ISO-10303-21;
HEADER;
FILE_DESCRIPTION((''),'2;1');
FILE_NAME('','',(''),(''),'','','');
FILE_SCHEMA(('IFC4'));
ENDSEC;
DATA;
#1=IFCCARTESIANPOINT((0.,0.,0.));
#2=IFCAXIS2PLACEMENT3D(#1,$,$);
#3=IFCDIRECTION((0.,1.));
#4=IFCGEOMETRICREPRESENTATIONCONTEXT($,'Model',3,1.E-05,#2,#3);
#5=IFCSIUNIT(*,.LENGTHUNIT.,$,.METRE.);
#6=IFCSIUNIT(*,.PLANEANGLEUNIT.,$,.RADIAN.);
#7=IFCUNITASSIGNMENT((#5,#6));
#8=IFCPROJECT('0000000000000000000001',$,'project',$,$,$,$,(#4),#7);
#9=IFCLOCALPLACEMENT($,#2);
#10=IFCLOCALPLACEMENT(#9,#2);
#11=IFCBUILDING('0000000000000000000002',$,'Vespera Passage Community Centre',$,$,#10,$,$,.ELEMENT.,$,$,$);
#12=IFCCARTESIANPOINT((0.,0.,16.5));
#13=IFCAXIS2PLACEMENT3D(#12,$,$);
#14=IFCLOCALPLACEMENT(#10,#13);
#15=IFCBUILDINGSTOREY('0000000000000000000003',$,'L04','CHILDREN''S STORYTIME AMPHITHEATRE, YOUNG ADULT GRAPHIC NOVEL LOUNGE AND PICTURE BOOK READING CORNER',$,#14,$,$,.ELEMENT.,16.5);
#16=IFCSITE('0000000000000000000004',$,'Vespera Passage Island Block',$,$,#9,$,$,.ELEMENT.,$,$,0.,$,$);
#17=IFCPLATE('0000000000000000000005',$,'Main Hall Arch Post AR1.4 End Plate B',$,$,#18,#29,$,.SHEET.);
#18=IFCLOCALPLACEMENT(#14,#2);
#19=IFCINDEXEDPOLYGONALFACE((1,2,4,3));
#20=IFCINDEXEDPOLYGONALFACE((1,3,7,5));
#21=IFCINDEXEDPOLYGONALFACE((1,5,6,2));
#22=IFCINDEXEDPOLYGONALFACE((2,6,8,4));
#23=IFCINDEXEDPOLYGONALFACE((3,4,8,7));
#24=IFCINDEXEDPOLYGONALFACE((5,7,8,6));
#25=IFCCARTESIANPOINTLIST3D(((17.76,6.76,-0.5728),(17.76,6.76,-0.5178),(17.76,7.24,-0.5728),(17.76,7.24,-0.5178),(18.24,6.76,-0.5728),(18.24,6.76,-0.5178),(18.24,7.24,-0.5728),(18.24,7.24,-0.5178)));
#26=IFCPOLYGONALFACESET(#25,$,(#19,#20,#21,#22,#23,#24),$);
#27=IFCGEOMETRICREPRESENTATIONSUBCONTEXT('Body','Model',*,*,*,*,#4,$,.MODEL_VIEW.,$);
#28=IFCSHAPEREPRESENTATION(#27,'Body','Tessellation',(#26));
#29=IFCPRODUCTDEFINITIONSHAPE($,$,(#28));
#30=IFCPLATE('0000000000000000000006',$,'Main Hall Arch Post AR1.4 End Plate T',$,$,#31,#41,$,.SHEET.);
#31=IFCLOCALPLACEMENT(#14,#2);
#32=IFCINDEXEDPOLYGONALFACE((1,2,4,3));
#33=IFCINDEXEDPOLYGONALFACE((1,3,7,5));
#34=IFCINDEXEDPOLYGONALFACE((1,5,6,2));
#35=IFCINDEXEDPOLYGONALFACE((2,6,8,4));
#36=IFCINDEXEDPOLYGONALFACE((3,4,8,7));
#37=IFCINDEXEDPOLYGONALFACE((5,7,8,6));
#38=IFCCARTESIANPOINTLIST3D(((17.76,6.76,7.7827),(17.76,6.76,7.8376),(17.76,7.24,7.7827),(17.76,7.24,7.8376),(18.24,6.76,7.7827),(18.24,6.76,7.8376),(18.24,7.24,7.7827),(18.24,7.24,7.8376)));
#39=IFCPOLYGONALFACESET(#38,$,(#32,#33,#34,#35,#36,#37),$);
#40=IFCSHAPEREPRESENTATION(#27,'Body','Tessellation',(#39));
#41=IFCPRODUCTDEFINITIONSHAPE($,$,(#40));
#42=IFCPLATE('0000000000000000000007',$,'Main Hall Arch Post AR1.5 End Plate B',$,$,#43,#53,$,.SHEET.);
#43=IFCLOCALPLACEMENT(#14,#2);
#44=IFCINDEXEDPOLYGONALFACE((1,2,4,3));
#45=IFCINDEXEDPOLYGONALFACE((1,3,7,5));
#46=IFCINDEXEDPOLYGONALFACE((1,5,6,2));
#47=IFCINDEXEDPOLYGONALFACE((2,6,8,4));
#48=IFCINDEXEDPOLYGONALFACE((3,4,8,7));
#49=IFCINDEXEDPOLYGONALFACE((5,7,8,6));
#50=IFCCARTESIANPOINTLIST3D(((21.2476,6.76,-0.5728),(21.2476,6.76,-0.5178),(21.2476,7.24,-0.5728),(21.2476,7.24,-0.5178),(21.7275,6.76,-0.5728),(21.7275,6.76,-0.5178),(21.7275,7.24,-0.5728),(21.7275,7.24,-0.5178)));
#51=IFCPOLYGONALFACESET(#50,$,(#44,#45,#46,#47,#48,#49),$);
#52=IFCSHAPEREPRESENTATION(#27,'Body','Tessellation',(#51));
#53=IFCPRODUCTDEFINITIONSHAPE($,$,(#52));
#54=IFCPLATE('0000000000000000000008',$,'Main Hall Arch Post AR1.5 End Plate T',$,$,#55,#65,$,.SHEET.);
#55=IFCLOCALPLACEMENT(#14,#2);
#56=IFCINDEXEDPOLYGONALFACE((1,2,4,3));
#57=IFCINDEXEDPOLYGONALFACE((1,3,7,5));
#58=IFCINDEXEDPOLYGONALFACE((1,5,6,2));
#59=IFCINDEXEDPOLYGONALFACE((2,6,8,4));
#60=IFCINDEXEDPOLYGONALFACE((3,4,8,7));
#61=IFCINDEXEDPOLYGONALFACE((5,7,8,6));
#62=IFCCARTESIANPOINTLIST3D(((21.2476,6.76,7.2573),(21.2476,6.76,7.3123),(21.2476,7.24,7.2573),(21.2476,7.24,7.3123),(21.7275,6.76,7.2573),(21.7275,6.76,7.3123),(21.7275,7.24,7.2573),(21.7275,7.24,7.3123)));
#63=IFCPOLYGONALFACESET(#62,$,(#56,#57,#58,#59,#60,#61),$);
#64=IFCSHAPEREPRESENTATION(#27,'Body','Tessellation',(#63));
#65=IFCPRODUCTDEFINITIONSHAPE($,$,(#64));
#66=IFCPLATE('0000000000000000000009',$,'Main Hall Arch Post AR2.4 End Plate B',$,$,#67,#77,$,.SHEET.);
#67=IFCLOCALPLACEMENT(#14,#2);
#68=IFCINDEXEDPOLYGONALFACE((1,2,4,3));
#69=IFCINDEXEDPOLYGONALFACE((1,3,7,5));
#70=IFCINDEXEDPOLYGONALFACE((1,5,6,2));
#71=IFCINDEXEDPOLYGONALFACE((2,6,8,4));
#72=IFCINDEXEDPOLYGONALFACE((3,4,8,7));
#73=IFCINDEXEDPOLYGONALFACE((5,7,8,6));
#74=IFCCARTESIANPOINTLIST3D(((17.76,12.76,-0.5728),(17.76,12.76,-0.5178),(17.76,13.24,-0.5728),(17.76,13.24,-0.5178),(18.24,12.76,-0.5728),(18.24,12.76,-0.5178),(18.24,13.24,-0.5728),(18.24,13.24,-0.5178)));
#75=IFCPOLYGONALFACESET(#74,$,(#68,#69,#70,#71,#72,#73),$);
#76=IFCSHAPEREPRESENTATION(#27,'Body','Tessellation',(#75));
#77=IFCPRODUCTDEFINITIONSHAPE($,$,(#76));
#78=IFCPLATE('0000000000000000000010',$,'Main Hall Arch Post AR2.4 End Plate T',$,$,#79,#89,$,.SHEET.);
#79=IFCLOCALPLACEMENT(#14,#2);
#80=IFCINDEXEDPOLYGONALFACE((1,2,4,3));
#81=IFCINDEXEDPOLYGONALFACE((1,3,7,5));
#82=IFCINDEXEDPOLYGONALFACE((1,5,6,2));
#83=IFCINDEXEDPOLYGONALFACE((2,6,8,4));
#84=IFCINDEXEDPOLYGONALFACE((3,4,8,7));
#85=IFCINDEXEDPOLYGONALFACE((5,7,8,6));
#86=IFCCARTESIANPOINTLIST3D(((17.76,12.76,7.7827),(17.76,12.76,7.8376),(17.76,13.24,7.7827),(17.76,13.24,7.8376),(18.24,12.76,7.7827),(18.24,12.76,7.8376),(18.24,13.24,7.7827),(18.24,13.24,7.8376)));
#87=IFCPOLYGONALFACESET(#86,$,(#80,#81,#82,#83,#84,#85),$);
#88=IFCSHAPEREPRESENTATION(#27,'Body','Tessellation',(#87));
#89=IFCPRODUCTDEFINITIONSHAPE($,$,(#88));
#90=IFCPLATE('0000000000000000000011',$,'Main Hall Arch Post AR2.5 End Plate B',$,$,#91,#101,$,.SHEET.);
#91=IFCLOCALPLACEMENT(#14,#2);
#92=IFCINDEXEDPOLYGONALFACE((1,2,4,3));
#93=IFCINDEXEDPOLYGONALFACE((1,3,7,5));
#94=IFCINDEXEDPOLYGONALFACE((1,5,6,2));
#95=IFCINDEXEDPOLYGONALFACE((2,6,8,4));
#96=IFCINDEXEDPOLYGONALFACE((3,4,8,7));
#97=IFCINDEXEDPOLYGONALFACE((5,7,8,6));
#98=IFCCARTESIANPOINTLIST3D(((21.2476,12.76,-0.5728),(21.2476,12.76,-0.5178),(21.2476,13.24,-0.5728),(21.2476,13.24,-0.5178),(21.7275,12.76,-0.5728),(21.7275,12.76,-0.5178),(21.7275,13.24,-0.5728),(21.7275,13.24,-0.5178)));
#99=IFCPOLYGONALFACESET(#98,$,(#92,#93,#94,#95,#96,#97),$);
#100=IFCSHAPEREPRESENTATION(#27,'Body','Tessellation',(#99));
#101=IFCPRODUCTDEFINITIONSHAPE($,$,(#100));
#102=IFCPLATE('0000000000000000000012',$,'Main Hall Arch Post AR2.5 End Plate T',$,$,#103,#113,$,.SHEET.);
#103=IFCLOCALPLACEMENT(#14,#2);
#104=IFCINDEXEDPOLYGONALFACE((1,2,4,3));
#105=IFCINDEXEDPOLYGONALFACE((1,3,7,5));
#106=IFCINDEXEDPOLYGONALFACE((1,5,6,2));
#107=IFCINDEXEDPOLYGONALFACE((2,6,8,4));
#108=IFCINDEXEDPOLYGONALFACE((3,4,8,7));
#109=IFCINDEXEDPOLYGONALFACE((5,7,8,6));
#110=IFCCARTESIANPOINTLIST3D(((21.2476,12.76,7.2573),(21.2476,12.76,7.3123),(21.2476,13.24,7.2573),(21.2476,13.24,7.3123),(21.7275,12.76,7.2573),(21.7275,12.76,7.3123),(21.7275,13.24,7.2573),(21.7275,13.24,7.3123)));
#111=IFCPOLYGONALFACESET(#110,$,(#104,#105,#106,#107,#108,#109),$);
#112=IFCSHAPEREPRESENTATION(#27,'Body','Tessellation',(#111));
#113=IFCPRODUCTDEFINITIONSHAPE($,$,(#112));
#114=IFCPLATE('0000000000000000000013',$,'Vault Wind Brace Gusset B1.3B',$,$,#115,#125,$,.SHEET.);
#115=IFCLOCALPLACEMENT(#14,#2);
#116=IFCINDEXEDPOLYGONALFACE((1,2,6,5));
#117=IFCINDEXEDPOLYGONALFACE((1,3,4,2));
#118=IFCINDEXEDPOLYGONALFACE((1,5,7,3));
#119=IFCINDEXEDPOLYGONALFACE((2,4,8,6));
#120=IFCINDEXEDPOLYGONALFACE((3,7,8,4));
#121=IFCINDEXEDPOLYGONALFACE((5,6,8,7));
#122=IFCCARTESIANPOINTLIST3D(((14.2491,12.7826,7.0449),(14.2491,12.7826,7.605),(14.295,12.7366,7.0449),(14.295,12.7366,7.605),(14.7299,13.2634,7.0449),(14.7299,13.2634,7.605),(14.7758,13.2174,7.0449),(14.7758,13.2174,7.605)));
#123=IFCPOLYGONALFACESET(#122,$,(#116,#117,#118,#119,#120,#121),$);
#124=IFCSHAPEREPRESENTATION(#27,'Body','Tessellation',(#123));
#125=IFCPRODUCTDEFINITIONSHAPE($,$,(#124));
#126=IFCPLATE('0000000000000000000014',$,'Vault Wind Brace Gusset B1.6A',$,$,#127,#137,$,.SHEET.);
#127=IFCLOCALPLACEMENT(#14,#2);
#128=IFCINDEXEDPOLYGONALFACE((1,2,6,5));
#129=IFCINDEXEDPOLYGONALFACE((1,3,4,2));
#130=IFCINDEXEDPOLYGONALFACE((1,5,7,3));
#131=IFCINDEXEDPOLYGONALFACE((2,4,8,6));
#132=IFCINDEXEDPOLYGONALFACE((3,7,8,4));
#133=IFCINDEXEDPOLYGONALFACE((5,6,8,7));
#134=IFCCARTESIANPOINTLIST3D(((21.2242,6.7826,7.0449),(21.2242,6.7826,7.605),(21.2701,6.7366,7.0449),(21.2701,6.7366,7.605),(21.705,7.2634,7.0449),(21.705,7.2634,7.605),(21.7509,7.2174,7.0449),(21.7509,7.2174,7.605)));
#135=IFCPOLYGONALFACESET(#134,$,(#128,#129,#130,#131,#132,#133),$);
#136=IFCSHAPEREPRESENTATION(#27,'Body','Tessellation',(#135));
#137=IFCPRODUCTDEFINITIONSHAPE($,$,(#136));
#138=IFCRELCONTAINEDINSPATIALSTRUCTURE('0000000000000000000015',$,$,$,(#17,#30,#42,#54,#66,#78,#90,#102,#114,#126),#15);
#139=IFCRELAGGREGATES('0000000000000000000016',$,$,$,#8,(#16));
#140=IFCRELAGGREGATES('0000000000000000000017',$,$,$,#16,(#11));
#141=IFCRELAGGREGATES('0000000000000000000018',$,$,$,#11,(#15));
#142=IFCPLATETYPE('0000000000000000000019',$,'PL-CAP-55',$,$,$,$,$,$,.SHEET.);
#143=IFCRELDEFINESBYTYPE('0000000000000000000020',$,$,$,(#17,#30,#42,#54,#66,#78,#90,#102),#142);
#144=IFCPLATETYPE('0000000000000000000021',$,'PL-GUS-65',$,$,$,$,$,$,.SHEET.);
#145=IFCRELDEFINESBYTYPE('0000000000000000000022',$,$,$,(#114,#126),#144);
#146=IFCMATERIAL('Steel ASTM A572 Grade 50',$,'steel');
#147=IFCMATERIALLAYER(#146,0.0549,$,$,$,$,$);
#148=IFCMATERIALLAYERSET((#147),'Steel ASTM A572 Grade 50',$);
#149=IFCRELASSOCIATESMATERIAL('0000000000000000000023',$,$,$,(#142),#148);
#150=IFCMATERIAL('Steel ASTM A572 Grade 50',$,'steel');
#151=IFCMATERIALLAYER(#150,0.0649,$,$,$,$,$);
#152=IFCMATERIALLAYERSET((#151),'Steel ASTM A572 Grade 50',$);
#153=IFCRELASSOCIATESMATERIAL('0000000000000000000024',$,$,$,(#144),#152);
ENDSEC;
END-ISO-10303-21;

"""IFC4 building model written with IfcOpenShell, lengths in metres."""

from ifc_helpers import new_model, si_unit, direction, frame, origin, origin_2d, place, context, subcontext, project, spatial, rectangle, extrude, material, layer, layer_set, type_object, element, save


model = new_model("IFC4")

# Units and contexts
model_context = context("Model", 3, precision=1e-05, world=origin(), true_north=direction((0.0, 1.0)))
body_context = subcontext(model_context, "Body", "Model", "MODEL_VIEW")
ifc_project = project(units=[si_unit("LENGTHUNIT", "METRE"), si_unit("PLANEANGLEUNIT", "RADIAN")], contexts=[model_context])

# Site, building, storey
site_placement = place(None, origin())
site = spatial("IfcSite", under=ifc_project, at=site_placement, Name="Vespera Passage Island Block", CompositionType="ELEMENT", RefElevation=0.0)
building_placement = place(site_placement, origin())
building = spatial("IfcBuilding", under=site, at=building_placement, Name="Vespera Passage Community Centre", CompositionType="ELEMENT")
storey_placement = place(building_placement, frame((0.0, 0.0, 16.5)))
storey = spatial("IfcBuildingStorey", under=building, at=storey_placement, Name="L04", Description="CHILDREN'S STORYTIME AMPHITHEATRE, YOUNG ADULT GRAPHIC NOVEL LOUNGE AND PICTURE BOOK READING CORNER", CompositionType="ELEMENT", Elevation=16.5)

# Plates
ifc_material_1 = material(Name="Steel ASTM A572 Grade 50", Category="steel")
ifc_layer_1 = layer(ifc_material_1, 0.0549)
ifc_layer_set_1 = layer_set([ifc_layer_1], Name="Steel ASTM A572 Grade 50")
plate_type_1 = type_object("IfcPlateType", Name="PL-CAP-55", PredefinedType="SHEET", material=ifc_layer_set_1)
for number, where, z_axis, x_axis, name in (
    (1, (18.0, 7.0, -0.5728), (0.0, 0.0, 1.0), (1.0, 0.0, 0.0), "Main Hall Arch Post AR1.4 End Plate B"),
    (2, (18.0, 7.0, 7.7827), (0.0, 0.0, 1.0), (1.0, 0.0, 0.0), "Main Hall Arch Post AR1.4 End Plate T"),
    (3, (21.4875, 7.0, -0.5728), (0.0, 0.0, 1.0), (1.0, 0.0, 0.0), "Main Hall Arch Post AR1.5 End Plate B"),
    (4, (21.4875, 7.0, 7.2573), (0.0, 0.0, 1.0), (1.0, 0.0, 0.0), "Main Hall Arch Post AR1.5 End Plate T"),
    (5, (18.0, 13.0, -0.5728), (0.0, 0.0, 1.0), (1.0, 0.0, 0.0), "Main Hall Arch Post AR2.4 End Plate B"),
    (6, (18.0, 13.0, 7.7827), (0.0, 0.0, 1.0), (1.0, 0.0, 0.0), "Main Hall Arch Post AR2.4 End Plate T"),
    (7, (21.4875, 13.0, -0.5728), (0.0, 0.0, 1.0), (1.0, 0.0, 0.0), "Main Hall Arch Post AR2.5 End Plate B"),
    (8, (21.4875, 13.0, 7.2573), (0.0, 0.0, 1.0), (1.0, 0.0, 0.0), "Main Hall Arch Post AR2.5 End Plate T"),
):
    element("IfcPlate", number, at=place(storey_placement, frame(where, z_axis=z_axis, x_axis=x_axis)), inside=storey, type_object=plate_type_1, Name=name, PredefinedType="SHEET", context=body_context, shape_type="SweptSolid", body=[
        extrude(rectangle(XDim=0.48, YDim=0.48, at=origin_2d()), origin(), (0.0, 0.0, 1.0), 0.0549),
    ])
ifc_material_2 = material(Name="Steel ASTM A572 Grade 50", Category="steel")
ifc_layer_2 = layer(ifc_material_2, 0.0649)
ifc_layer_set_2 = layer_set([ifc_layer_2], Name="Steel ASTM A572 Grade 50")
plate_type_2 = type_object("IfcPlateType", Name="PL-GUS-65", PredefinedType="SHEET", material=ifc_layer_set_2)
for number, where, z_axis, x_axis, name in (
    (9, (14.5125, 13.0, 7.0449), (0.0, 0.0, 1.0), (0.707107, 0.707107, 0.0), "Vault Wind Brace Gusset B1.3B"),
    (10, (21.4875, 7.0, 7.0449), (0.0, 0.0, 1.0), (0.707107, 0.707107, 0.0), "Vault Wind Brace Gusset B1.6A"),
):
    element("IfcPlate", number, at=place(storey_placement, frame(where, z_axis=z_axis, x_axis=x_axis)), inside=storey, type_object=plate_type_2, Name=name, PredefinedType="SHEET", context=body_context, shape_type="SweptSolid", body=[
        extrude(rectangle(XDim=0.6799, YDim=0.0649, at=origin_2d()), origin(), (0.0, 0.0, 1.0), 0.5601),
    ])

save(model, "model.ifc")
